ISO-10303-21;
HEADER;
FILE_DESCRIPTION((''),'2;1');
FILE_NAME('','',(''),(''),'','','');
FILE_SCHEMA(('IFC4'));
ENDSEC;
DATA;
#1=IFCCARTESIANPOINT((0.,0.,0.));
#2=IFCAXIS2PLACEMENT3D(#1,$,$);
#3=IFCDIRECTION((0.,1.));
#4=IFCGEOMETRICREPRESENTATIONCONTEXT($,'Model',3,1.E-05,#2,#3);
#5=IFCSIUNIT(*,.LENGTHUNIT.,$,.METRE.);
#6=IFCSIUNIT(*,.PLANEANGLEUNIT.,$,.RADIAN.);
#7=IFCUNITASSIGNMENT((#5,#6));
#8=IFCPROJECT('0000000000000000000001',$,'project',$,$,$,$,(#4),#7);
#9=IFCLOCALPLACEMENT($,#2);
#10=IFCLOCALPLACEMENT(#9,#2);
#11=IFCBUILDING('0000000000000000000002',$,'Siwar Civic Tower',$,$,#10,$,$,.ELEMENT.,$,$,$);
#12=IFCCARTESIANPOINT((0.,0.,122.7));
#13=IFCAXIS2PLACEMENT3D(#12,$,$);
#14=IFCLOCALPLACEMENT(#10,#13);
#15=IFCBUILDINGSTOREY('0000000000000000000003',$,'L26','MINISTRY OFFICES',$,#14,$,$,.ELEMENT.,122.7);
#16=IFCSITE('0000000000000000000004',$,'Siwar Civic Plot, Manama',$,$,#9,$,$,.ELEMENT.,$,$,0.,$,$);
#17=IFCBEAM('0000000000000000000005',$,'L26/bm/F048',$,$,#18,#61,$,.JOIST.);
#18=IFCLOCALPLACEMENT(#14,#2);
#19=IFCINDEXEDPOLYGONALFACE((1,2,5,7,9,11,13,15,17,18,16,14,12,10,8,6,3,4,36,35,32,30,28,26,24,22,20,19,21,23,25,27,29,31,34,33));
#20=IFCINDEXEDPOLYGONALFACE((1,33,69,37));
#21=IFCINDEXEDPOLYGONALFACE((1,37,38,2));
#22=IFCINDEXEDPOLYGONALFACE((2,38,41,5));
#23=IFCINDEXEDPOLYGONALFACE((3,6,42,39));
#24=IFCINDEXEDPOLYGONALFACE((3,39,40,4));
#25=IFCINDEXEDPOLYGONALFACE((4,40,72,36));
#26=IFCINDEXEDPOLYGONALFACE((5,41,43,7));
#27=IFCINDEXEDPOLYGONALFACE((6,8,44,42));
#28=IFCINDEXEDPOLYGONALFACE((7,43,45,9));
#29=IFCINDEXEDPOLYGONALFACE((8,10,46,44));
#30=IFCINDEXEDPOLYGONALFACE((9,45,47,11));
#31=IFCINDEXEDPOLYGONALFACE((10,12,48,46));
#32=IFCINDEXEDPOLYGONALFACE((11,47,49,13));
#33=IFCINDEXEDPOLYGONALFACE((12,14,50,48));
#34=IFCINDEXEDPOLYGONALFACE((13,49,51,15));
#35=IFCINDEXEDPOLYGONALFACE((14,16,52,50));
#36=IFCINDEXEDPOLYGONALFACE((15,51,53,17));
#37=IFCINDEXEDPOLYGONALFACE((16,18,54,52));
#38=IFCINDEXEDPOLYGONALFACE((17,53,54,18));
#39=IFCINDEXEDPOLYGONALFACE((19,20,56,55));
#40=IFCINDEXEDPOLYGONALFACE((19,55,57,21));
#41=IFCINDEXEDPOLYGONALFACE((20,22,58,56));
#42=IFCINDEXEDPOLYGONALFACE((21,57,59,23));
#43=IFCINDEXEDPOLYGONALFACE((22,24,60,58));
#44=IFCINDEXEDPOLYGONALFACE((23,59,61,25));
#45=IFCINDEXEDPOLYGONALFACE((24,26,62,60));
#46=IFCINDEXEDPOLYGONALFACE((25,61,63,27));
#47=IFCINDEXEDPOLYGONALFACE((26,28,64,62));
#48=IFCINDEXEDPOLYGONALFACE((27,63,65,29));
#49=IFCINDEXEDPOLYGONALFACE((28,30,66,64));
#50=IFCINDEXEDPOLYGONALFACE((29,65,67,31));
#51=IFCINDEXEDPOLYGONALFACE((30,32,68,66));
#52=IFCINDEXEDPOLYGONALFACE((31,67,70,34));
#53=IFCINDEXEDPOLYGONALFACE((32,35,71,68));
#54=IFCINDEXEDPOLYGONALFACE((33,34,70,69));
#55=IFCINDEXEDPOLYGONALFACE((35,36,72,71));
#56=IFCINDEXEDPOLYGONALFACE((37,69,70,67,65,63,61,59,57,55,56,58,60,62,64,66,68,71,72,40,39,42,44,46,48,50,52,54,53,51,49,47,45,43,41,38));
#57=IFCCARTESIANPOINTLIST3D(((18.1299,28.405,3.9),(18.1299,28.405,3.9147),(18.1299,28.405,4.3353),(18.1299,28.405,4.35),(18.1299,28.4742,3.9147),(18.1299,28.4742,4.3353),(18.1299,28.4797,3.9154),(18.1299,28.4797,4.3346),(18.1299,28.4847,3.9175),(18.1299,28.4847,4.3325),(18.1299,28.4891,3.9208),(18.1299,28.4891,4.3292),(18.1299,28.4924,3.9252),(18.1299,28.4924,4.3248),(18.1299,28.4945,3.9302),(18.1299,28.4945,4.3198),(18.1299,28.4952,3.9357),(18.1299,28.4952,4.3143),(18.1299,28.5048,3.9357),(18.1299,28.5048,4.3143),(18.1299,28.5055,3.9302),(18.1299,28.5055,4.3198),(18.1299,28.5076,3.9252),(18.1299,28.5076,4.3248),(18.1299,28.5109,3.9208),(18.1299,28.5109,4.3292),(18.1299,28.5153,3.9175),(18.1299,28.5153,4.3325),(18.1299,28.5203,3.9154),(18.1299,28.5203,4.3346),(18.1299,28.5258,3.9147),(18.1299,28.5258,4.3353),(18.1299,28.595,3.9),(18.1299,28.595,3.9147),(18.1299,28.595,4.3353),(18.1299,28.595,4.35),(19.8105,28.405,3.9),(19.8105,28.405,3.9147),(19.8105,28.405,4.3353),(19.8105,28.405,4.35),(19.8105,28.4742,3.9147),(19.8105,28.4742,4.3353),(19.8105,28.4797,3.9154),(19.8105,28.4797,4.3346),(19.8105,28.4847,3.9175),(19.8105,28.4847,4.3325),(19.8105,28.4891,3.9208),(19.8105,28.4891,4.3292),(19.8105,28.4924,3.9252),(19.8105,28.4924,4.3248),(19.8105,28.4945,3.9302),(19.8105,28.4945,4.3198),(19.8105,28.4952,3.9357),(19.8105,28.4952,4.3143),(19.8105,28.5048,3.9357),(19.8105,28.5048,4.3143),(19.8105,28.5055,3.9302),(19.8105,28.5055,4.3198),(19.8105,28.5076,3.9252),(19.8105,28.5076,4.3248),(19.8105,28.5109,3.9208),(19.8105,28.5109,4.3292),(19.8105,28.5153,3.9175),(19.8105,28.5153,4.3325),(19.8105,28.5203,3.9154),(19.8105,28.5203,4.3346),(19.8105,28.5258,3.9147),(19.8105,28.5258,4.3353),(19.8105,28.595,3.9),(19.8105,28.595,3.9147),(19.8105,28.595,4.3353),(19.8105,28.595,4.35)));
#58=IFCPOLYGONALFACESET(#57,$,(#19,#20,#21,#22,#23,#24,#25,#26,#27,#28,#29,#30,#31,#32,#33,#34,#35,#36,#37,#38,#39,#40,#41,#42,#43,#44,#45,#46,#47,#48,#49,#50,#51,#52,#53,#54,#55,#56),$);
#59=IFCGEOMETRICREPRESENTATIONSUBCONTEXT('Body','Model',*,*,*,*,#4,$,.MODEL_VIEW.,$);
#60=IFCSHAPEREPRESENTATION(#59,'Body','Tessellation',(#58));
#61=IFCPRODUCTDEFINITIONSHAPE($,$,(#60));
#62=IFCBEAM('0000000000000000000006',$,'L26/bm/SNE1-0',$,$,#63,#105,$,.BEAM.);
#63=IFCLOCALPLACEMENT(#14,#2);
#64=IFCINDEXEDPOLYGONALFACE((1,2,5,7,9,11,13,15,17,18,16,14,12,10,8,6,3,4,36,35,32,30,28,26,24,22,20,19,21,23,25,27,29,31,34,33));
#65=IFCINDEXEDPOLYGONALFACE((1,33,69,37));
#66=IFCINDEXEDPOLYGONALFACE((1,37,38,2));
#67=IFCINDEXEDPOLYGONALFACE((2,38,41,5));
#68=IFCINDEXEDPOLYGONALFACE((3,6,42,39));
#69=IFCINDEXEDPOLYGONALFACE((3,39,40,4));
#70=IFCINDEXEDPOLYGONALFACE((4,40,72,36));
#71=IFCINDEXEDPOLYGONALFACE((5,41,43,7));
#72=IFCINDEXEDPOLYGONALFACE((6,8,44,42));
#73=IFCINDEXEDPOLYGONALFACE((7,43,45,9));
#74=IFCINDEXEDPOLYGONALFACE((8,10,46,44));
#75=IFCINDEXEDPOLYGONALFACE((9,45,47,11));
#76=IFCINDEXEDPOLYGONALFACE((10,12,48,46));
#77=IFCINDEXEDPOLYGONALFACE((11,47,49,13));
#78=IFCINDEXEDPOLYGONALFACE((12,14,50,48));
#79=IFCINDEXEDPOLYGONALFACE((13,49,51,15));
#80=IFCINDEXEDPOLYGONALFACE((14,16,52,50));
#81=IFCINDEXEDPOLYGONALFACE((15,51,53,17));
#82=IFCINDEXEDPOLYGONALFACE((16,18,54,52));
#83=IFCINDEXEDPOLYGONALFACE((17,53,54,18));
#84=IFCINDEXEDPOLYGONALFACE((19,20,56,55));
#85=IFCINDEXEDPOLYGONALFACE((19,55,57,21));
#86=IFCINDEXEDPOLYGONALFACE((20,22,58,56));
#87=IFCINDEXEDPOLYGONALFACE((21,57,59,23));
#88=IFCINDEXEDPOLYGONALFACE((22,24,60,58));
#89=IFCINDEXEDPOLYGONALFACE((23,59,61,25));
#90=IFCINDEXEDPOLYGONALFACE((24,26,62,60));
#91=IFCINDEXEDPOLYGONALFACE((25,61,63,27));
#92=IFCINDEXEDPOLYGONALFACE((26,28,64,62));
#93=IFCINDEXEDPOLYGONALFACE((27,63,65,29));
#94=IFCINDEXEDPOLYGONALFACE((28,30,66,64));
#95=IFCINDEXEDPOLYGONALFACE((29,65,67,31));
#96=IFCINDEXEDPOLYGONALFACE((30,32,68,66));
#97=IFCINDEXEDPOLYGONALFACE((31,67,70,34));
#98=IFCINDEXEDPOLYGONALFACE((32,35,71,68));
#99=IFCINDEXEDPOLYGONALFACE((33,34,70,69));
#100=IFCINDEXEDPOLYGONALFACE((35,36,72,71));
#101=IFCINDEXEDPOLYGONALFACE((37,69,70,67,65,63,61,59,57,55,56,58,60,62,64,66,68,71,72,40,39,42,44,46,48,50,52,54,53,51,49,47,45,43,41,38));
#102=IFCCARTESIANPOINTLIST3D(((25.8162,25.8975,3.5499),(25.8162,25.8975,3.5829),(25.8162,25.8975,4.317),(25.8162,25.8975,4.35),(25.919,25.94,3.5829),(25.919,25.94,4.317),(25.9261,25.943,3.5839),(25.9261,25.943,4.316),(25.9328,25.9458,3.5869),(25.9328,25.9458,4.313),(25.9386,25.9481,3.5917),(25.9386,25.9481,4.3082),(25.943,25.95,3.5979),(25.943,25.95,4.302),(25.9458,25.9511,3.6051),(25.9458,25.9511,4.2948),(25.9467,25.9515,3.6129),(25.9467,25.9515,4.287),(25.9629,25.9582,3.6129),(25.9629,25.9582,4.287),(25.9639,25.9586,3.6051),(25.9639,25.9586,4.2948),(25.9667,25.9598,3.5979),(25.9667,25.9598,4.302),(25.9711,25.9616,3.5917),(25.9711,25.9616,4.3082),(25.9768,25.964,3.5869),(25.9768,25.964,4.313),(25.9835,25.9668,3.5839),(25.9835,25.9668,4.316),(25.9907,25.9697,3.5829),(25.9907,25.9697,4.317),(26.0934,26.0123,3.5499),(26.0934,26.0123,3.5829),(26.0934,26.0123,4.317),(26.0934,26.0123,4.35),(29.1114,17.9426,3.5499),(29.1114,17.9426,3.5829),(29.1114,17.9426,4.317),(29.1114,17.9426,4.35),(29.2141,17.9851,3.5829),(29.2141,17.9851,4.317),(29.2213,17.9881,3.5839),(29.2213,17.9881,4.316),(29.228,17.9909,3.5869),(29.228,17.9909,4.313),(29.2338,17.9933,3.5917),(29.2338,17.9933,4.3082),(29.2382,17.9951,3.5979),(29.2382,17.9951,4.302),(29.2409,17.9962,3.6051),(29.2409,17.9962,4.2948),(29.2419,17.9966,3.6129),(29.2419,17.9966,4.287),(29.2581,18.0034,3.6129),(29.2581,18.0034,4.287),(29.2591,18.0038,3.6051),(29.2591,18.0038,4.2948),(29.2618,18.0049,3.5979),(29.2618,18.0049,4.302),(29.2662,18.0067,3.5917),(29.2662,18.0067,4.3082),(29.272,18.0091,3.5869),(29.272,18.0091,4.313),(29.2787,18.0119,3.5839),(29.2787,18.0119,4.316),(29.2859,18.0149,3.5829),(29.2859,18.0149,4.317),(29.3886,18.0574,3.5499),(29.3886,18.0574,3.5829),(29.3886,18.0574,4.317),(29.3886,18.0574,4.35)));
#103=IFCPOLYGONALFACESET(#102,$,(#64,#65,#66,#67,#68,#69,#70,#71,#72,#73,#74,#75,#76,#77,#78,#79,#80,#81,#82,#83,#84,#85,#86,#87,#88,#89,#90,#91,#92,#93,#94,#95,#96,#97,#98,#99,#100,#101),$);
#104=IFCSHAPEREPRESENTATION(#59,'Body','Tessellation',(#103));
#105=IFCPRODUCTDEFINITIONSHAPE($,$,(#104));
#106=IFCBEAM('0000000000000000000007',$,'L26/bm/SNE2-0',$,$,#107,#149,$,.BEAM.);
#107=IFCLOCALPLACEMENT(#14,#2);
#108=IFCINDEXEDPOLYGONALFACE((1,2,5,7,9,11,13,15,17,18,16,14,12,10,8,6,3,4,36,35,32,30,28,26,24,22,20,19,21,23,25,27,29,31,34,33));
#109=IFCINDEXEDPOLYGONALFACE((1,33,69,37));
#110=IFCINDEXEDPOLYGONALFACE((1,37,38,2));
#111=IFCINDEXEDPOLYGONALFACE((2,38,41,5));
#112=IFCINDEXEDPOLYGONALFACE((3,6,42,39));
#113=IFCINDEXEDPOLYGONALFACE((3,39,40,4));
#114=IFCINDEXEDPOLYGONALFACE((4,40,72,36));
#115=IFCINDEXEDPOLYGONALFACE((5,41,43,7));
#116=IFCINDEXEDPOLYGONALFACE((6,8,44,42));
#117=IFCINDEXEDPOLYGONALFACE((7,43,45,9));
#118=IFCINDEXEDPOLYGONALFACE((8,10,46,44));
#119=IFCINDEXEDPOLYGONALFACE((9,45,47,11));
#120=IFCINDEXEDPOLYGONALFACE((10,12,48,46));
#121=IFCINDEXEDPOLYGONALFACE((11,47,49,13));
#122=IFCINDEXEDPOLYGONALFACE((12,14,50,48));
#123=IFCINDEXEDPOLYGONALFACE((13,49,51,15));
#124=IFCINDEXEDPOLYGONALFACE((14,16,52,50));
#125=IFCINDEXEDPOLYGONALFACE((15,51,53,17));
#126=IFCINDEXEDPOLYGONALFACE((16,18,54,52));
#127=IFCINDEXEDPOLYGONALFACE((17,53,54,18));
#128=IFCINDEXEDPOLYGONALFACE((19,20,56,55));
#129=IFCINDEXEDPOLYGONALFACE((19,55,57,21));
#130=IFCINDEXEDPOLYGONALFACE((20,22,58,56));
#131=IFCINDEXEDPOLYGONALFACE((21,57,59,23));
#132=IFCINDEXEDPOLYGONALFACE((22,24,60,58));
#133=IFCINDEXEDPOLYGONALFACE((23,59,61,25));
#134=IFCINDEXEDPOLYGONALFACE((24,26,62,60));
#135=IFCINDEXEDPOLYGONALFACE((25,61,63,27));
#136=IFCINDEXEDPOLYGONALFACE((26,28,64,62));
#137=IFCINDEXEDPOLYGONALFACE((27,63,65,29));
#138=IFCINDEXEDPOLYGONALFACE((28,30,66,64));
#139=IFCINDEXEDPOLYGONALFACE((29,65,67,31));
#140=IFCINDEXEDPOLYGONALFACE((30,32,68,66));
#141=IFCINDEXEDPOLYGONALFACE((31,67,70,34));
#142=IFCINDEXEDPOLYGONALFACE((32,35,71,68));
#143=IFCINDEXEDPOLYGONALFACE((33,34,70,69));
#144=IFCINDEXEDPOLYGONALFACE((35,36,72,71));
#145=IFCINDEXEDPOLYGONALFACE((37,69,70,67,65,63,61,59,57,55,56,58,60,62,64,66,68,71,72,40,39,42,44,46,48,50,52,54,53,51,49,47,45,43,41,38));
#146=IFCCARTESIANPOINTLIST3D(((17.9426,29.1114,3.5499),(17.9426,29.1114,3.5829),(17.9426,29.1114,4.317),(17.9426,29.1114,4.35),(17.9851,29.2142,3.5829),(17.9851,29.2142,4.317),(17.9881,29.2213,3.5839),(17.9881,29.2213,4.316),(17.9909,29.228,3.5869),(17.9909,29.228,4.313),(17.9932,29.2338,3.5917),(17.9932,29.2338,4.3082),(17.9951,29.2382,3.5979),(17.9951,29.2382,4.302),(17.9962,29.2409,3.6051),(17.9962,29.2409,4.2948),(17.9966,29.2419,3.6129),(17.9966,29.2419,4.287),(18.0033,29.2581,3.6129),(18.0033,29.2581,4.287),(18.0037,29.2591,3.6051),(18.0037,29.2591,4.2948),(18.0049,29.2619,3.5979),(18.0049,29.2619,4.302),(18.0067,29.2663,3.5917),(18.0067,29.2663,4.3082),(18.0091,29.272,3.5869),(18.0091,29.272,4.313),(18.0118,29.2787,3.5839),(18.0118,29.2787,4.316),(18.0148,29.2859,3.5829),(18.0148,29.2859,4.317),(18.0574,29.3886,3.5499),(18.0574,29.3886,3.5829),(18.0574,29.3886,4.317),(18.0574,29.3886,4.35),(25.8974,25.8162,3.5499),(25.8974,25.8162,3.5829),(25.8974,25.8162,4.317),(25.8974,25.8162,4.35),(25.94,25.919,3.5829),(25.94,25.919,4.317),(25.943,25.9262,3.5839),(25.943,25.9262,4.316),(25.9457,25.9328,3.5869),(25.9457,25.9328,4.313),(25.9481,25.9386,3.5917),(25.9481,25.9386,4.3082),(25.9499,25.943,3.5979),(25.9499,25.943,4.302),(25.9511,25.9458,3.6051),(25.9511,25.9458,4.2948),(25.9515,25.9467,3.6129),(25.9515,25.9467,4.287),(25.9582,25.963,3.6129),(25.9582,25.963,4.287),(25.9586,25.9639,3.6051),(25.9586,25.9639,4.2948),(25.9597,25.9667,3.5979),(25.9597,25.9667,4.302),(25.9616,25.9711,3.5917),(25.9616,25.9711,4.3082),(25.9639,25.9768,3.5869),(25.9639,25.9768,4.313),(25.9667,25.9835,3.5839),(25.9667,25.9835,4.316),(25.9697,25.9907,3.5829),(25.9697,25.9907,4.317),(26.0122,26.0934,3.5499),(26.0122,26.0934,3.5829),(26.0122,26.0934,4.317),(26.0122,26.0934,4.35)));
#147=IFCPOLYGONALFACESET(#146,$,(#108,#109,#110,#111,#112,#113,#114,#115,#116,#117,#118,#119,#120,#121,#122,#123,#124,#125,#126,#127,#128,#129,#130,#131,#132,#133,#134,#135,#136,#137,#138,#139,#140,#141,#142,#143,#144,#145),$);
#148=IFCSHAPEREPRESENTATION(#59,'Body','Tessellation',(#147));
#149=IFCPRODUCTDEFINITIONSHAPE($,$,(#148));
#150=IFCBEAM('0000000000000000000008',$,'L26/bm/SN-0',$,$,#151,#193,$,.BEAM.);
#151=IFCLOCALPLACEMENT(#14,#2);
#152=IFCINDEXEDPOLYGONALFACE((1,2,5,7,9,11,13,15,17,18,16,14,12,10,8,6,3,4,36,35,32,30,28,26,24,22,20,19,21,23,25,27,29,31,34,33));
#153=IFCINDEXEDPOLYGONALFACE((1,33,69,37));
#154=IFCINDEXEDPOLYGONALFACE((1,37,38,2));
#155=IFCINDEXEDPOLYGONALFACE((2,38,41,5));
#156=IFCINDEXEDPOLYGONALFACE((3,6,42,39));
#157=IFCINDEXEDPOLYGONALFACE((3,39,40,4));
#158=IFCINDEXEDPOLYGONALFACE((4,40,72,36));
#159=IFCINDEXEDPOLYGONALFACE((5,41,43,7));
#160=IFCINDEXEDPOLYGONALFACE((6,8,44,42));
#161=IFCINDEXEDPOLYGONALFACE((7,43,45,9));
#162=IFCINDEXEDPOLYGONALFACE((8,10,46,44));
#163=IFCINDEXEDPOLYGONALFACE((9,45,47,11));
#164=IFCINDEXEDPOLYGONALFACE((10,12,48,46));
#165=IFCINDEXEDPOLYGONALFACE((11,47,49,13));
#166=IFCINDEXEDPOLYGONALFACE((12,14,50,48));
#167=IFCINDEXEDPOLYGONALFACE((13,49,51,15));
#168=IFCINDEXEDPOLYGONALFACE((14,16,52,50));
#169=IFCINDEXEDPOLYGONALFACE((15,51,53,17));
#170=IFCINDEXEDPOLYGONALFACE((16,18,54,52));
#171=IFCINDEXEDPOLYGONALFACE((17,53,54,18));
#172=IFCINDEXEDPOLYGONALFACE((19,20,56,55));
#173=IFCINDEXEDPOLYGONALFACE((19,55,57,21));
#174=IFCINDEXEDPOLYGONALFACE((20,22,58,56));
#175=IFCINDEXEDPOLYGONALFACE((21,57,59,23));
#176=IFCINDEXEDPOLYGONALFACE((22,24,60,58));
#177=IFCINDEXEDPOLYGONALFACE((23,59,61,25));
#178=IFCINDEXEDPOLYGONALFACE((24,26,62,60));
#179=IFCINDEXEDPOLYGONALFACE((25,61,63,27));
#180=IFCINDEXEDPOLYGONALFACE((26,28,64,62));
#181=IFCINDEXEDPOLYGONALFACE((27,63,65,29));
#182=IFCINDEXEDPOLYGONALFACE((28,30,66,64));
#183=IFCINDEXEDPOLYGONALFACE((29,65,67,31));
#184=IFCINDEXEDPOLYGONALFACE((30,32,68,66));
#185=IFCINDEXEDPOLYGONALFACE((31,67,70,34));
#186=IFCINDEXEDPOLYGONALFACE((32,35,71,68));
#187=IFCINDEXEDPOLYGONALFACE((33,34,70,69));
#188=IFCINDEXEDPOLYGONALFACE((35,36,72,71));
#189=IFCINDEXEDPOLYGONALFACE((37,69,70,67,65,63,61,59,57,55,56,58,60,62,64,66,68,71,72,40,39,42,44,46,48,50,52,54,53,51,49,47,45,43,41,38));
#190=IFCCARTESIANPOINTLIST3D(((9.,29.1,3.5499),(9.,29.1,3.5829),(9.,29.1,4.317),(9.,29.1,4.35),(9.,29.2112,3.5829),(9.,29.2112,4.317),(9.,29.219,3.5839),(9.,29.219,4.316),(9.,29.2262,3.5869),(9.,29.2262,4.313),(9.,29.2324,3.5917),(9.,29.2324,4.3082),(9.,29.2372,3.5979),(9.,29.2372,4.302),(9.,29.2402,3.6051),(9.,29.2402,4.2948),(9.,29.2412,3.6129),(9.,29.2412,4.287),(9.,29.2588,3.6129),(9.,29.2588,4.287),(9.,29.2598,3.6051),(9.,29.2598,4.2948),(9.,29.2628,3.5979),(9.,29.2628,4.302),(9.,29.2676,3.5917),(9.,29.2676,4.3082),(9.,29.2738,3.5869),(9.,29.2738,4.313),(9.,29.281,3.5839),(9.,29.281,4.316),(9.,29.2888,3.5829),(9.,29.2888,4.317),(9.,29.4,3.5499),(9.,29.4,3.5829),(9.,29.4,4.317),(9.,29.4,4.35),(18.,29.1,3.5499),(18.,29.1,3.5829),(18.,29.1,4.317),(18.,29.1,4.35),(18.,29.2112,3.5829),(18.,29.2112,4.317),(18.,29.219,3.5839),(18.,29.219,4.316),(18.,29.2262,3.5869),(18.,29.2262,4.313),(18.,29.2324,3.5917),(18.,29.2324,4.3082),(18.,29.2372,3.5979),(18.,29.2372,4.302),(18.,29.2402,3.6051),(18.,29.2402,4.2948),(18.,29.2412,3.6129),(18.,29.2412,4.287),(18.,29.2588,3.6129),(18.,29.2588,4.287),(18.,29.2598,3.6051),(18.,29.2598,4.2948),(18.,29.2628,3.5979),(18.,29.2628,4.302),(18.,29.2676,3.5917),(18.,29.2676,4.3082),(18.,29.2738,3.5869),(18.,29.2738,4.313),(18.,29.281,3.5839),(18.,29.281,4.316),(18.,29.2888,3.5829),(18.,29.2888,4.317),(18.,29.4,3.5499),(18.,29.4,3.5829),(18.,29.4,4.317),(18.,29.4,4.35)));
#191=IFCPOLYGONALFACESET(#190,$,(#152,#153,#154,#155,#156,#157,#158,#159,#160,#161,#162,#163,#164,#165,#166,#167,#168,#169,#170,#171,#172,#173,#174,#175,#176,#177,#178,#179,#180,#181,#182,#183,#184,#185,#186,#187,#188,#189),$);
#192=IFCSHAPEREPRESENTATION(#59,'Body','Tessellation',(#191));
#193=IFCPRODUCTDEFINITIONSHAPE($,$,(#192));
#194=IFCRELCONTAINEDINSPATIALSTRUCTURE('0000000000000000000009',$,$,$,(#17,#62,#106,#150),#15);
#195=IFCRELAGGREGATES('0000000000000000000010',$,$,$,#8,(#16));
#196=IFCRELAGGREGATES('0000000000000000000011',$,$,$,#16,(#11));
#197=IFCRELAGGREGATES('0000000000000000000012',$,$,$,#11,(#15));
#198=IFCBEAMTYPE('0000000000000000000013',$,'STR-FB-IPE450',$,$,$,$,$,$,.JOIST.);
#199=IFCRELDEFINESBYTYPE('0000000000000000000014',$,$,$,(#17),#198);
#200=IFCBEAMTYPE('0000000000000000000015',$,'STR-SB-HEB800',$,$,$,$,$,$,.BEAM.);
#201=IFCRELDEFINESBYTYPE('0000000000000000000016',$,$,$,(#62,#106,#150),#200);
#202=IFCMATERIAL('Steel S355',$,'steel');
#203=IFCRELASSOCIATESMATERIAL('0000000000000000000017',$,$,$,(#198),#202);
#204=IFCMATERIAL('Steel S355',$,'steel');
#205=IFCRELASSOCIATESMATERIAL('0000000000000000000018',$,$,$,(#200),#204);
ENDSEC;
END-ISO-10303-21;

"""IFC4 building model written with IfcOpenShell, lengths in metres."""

from ifc_helpers import new_model, si_unit, direction, frame, origin, origin_2d, place, context, subcontext, project, spatial, i_section, extrude, material, material_profile, profile_set, type_object, element, save


model = new_model("IFC4")

# Units and contexts
model_context = context("Model", 3, precision=1e-05, world=origin(), true_north=direction((0.0, 1.0)))
body_context = subcontext(model_context, "Body", "Model", "MODEL_VIEW")
ifc_project = project(units=[si_unit("LENGTHUNIT", "METRE"), si_unit("PLANEANGLEUNIT", "RADIAN")], contexts=[model_context])

# Site, building, storey
site_placement = place(None, origin())
site = spatial("IfcSite", under=ifc_project, at=site_placement, Name="Siwar Civic Plot, Manama", CompositionType="ELEMENT", RefElevation=0.0)
building_placement = place(site_placement, origin())
building = spatial("IfcBuilding", under=site, at=building_placement, Name="Siwar Civic Tower", CompositionType="ELEMENT")
storey_placement = place(building_placement, frame((0.0, 0.0, 122.7)))
storey = spatial("IfcBuildingStorey", under=building, at=storey_placement, Name="L26", Description="MINISTRY OFFICES", CompositionType="ELEMENT", Elevation=122.7)

# Beams
ifc_material_1 = material(Name="Steel S355", Category="steel")
ifc_material_profile_1 = material_profile(ifc_material_1, i_section(OverallWidth=0.1899, OverallDepth=0.45, WebThickness=0.0095, FlangeThickness=0.0146, FilletRadius=0.021, at=origin_2d()), Name="IPE450")
ifc_profile_set_1 = profile_set([ifc_material_profile_1], Name="Steel S355")
beam_type_1 = type_object("IfcBeamType", Name="STR-FB-IPE450", PredefinedType="JOIST", material=ifc_profile_set_1)
beam_1_placement = place(storey_placement, frame((18.1299, 28.5, 4.125), z_axis=(1.0, 0.0, 0.0), x_axis=(0.0, 1.0, 0.0)))
element("IfcBeam", 1, at=beam_1_placement, inside=storey, type_object=beam_type_1, Name="L26/bm/F048", PredefinedType="JOIST", context=body_context, shape_type="SweptSolid", body=[
    extrude(i_section(OverallWidth=0.1899, OverallDepth=0.45, WebThickness=0.0095, FlangeThickness=0.0146, FilletRadius=0.021, at=origin_2d()), origin(), (0.0, 0.0, 1.0), 1.6807),
])
ifc_material_2 = material(Name="Steel S355", Category="steel")
ifc_material_profile_2 = material_profile(ifc_material_2, i_section(OverallWidth=0.3, OverallDepth=0.8, WebThickness=0.0176, FlangeThickness=0.033, FilletRadius=0.03, at=origin_2d()), Name="HEB800")
ifc_profile_set_2 = profile_set([ifc_material_profile_2], Name="Steel S355")
beam_type_2 = type_object("IfcBeamType", Name="STR-SB-HEB800", PredefinedType="BEAM", material=ifc_profile_set_2)
for number, where, z_axis, x_axis, name in (
    (2, (29.25, 18.0, 3.95), (-0.3827, 0.923873, 0.0), (-0.923873, -0.3827, 0.0), "L26/bm/SNE1-0"),
    (3, (25.9548, 25.9548, 3.95), (-0.923873, 0.3827, 0.0), (-0.3827, -0.923873, 0.0), "L26/bm/SNE2-0"),
):
    element("IfcBeam", number, at=place(storey_placement, frame(where, z_axis=z_axis, x_axis=x_axis)), inside=storey, type_object=beam_type_2, Name=name, PredefinedType="BEAM", context=body_context, shape_type="SweptSolid", body=[
        extrude(i_section(OverallWidth=0.3, OverallDepth=0.8, WebThickness=0.0176, FlangeThickness=0.033, FilletRadius=0.03, at=origin_2d()), origin(), (0.0, 0.0, 1.0), 8.6104),
    ])
beam_2_placement = place(storey_placement, frame((18.0, 29.25, 3.95), z_axis=(-1.0, 0.0, 0.0), x_axis=(0.0, -1.0, 0.0)))
element("IfcBeam", 4, at=beam_2_placement, inside=storey, type_object=beam_type_2, Name="L26/bm/SN-0", PredefinedType="BEAM", context=body_context, shape_type="SweptSolid", body=[
    extrude(i_section(OverallWidth=0.3, OverallDepth=0.8, WebThickness=0.0176, FlangeThickness=0.033, FilletRadius=0.03, at=origin_2d()), origin(), (0.0, 0.0, 1.0), 9.0),
])

save(model, "model.ifc")
